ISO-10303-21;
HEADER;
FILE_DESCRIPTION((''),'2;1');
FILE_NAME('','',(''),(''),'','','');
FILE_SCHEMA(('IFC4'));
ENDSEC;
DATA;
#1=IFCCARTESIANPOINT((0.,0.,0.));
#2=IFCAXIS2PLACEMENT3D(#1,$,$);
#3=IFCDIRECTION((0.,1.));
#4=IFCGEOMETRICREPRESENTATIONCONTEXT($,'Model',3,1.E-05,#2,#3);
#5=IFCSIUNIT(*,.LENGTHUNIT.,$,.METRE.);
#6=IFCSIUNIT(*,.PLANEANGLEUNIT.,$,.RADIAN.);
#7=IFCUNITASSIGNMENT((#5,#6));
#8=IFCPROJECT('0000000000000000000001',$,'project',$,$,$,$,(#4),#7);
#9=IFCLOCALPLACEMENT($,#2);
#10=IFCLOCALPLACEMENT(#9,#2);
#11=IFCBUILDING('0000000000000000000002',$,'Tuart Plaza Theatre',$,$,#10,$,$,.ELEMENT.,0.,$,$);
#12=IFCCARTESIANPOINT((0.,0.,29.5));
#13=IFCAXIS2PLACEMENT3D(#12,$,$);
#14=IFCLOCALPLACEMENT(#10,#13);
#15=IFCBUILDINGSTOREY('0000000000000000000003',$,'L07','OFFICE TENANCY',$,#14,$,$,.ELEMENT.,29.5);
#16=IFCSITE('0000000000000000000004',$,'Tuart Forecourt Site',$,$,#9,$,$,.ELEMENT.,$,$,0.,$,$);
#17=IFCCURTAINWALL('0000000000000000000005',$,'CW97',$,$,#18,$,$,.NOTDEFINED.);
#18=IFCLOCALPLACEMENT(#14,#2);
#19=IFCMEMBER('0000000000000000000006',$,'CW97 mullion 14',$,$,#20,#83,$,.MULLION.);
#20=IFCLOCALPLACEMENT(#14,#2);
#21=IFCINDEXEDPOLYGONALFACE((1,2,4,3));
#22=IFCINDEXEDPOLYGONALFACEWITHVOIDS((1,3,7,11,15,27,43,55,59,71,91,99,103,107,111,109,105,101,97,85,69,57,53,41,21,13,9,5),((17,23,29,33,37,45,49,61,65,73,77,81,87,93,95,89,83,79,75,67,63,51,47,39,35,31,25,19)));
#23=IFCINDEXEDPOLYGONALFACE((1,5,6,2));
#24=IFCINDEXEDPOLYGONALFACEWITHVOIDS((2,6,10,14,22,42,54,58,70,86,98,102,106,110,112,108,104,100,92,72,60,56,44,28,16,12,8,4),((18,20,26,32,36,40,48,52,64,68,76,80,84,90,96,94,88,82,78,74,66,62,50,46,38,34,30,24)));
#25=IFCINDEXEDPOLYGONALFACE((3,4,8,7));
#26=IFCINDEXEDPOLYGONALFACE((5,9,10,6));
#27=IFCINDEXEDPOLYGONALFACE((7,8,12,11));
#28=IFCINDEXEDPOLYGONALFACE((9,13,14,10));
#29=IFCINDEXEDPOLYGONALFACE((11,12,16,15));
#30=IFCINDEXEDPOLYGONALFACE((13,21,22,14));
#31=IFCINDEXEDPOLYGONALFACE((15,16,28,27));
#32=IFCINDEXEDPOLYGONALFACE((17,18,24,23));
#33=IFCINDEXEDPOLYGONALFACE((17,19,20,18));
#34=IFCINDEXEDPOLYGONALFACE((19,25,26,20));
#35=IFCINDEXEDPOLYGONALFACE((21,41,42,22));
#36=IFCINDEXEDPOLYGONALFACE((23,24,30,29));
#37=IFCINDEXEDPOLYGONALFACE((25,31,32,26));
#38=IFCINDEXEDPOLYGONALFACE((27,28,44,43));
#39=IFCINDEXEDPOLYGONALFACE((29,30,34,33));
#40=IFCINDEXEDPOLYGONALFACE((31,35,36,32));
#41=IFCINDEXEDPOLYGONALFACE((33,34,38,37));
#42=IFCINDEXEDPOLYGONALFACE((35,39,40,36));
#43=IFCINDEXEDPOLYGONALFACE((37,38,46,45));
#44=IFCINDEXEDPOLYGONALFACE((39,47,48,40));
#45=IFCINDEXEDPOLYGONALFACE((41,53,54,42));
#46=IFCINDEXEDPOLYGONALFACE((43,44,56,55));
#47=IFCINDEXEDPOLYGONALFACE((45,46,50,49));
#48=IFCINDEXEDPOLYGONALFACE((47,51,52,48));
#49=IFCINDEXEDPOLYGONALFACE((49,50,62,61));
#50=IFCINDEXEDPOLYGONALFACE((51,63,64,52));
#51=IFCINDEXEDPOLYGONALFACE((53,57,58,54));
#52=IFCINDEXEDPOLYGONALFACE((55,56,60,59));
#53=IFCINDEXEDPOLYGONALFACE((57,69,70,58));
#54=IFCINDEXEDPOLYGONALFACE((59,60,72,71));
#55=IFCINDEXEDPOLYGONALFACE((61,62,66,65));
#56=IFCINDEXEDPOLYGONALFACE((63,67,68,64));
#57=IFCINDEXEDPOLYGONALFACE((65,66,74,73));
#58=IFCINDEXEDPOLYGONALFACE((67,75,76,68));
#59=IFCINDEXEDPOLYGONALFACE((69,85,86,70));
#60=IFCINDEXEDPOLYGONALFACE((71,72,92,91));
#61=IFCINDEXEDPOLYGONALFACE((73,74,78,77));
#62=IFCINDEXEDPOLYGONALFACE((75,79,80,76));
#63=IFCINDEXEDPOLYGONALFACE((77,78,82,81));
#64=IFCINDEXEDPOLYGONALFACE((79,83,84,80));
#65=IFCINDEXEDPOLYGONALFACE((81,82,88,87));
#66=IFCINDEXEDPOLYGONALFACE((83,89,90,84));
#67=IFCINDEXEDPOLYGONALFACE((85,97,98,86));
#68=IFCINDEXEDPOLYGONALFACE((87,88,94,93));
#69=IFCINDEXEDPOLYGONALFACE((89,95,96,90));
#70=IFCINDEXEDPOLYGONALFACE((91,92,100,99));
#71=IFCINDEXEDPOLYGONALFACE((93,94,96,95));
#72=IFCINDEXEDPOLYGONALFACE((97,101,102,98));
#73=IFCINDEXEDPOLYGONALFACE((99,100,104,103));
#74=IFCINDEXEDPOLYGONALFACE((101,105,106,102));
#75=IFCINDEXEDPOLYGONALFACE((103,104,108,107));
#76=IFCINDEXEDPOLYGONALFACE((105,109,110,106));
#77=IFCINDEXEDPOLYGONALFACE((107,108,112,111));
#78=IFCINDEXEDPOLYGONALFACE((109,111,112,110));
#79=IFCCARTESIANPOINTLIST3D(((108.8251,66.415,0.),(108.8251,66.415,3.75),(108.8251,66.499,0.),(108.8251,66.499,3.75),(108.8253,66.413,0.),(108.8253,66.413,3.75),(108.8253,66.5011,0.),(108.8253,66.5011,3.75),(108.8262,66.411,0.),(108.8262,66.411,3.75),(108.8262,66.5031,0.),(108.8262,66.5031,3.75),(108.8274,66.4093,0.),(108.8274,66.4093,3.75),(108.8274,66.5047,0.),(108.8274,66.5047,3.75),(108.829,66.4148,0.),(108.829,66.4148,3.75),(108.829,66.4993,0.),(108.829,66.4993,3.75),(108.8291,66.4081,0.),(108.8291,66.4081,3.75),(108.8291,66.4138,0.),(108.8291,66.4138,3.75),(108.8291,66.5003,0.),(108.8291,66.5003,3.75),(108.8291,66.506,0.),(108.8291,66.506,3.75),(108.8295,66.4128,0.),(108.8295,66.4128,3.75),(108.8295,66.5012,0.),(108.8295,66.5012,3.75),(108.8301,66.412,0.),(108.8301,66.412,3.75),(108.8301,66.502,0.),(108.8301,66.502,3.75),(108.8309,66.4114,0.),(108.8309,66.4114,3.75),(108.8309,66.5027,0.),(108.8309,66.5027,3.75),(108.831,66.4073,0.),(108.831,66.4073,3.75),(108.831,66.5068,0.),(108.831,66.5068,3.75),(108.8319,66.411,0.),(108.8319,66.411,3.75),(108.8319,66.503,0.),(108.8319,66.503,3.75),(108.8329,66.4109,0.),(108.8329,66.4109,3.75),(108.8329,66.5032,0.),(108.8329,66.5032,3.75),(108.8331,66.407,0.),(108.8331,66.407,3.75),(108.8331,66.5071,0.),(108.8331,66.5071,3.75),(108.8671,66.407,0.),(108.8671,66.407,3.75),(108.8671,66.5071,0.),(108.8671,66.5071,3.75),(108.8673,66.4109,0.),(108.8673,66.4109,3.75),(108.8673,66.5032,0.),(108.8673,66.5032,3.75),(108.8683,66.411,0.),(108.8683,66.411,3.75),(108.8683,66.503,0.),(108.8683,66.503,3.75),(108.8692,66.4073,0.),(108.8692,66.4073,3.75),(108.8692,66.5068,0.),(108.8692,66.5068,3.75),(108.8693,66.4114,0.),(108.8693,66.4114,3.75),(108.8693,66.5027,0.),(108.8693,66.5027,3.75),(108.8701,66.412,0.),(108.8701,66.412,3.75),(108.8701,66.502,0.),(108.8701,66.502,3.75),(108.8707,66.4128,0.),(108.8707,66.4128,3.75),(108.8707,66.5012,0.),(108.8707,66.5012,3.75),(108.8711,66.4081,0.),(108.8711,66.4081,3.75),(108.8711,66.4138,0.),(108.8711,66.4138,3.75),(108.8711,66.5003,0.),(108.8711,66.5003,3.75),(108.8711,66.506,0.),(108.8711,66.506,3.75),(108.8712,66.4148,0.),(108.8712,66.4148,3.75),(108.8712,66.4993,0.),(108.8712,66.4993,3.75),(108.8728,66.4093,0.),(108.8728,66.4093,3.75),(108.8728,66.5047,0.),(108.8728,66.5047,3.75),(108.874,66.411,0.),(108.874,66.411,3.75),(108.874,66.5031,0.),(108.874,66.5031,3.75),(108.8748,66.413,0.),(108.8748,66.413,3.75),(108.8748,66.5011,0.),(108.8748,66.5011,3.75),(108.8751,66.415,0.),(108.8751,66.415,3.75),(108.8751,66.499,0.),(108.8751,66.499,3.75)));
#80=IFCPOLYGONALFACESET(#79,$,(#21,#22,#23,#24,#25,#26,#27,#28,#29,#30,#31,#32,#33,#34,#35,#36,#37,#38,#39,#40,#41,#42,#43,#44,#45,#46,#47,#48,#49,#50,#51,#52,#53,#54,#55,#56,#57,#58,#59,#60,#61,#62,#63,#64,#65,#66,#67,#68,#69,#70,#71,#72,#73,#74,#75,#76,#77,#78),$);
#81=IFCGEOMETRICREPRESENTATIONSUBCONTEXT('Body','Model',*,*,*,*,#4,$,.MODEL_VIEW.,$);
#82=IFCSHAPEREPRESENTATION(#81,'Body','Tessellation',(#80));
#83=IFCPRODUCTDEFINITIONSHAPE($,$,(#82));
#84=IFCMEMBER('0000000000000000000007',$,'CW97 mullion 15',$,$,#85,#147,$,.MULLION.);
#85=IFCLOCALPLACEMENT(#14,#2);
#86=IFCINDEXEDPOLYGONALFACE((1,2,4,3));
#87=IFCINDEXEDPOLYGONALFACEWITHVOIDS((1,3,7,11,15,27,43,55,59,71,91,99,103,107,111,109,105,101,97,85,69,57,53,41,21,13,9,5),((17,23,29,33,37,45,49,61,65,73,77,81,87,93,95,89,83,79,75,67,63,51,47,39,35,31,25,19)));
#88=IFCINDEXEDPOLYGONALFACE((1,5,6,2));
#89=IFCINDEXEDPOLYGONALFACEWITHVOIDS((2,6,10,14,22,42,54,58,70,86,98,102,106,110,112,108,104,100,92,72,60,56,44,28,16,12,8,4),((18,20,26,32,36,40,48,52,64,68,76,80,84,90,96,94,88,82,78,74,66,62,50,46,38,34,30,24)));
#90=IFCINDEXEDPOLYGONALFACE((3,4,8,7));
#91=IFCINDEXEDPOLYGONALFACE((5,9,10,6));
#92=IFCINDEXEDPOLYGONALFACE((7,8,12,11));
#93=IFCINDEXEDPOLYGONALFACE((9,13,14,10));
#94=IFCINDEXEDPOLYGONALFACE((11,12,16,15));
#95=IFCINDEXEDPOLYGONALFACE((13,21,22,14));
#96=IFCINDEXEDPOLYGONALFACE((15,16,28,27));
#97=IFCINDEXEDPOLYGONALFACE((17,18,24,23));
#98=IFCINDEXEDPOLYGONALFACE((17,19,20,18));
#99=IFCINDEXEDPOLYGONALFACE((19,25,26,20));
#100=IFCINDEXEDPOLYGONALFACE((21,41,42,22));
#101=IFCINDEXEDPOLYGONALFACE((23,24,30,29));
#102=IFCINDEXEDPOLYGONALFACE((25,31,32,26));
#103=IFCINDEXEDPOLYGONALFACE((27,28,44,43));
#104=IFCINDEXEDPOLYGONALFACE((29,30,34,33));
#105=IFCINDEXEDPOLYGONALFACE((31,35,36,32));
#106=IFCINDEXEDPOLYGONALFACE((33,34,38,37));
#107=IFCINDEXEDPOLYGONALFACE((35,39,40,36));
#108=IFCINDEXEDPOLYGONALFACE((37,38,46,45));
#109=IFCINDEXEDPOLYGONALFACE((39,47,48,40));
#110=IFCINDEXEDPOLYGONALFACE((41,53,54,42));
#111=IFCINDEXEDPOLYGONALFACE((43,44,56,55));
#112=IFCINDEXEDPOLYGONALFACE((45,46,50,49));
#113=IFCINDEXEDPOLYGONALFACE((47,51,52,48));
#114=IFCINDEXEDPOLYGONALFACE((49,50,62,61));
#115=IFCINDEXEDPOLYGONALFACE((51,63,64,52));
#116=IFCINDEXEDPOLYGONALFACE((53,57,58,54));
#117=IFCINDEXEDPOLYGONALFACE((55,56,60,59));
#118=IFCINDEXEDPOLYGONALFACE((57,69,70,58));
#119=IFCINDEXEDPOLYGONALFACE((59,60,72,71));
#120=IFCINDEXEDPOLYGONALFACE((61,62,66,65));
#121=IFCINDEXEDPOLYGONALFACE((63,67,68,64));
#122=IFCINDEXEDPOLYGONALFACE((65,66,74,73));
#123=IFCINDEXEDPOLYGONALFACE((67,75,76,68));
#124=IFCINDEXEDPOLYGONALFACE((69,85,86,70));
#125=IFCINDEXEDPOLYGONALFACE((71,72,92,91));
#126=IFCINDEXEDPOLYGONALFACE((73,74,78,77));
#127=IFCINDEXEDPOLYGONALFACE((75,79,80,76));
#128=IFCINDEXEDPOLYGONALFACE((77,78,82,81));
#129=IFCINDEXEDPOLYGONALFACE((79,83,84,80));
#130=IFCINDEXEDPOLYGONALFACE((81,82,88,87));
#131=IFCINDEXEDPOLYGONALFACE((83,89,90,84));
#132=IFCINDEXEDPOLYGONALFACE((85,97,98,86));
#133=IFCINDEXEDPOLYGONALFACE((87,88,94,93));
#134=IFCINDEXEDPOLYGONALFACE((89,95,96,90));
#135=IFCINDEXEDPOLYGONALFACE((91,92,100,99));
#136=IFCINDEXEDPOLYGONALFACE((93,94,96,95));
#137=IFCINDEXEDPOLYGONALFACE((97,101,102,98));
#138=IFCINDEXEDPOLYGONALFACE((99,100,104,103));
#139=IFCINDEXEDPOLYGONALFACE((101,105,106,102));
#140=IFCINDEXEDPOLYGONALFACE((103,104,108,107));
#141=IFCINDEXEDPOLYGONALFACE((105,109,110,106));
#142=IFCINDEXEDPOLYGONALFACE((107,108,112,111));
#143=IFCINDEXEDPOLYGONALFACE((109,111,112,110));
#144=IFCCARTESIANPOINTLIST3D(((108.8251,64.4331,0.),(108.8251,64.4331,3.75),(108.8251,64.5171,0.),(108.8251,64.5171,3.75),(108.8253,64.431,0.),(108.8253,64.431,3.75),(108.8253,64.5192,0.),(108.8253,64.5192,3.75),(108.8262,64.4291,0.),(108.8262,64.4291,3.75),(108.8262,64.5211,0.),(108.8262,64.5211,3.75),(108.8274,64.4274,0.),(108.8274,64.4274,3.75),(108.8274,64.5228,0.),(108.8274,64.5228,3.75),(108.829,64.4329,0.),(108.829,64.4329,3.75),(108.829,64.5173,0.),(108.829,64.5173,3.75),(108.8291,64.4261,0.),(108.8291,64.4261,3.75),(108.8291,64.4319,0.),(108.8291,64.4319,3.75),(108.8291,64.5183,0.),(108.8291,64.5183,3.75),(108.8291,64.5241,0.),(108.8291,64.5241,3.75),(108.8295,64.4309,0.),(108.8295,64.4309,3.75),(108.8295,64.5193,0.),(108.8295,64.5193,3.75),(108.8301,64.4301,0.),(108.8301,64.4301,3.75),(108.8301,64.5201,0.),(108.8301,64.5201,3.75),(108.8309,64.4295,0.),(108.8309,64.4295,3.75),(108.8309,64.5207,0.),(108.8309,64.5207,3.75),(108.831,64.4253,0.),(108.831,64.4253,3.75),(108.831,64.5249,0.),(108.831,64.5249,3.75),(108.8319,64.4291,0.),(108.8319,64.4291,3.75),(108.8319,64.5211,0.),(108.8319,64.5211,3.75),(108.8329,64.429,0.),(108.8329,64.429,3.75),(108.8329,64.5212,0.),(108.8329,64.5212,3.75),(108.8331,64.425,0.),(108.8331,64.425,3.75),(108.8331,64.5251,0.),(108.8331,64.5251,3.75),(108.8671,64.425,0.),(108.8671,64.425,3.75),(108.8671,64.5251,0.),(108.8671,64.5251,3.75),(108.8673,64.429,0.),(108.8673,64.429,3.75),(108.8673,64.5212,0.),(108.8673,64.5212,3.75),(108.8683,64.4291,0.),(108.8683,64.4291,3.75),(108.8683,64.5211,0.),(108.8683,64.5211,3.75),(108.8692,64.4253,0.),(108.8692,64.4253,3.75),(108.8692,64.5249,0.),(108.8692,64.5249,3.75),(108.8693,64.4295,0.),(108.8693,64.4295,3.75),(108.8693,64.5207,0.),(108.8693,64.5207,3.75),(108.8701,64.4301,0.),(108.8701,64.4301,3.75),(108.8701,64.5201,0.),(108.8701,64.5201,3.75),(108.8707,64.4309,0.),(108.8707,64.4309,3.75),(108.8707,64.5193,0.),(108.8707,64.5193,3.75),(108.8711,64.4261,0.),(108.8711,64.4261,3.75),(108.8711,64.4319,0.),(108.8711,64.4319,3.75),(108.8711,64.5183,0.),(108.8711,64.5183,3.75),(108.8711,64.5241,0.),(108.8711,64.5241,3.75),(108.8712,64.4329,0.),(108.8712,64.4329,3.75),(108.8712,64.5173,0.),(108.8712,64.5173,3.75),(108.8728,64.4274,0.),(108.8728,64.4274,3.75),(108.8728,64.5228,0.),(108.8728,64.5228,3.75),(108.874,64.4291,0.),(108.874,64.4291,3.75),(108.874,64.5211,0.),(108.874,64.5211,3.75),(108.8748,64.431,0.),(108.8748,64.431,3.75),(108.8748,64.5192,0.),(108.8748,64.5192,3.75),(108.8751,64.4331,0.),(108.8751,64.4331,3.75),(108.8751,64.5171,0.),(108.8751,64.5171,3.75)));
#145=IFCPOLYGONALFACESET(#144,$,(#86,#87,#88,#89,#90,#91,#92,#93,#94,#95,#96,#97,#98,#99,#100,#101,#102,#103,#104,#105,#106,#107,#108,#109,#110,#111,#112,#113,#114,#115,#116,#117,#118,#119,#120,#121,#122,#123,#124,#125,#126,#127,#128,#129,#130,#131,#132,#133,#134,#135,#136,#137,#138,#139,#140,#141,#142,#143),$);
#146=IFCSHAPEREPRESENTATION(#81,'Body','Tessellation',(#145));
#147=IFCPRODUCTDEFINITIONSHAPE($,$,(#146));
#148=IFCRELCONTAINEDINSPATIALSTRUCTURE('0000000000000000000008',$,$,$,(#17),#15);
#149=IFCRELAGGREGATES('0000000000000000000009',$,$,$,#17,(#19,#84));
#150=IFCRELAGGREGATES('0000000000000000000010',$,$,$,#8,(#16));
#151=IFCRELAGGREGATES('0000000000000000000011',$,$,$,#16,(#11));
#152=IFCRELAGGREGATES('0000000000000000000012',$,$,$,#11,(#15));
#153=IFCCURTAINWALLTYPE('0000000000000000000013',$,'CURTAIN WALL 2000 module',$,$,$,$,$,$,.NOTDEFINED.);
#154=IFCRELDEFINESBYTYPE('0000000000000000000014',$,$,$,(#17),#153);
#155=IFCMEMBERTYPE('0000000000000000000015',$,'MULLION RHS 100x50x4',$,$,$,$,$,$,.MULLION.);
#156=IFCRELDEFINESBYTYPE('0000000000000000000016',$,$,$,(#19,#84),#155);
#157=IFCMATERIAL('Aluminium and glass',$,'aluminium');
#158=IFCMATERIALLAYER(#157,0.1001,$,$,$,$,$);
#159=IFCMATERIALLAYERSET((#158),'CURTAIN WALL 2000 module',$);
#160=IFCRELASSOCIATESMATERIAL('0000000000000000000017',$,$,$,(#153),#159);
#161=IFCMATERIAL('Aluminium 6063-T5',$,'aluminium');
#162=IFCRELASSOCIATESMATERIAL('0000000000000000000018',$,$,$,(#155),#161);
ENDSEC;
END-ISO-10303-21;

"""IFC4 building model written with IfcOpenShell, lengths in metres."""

from ifc_helpers import new_model, si_unit, direction, frame, origin, origin_2d, place, context, subcontext, project, spatial, hollow_rectangle, extrude, material, layer, layer_set, material_profile, profile_set, type_object, element, aggregate, save


model = new_model("IFC4")

# Units and contexts
model_context = context("Model", 3, precision=1e-05, world=origin(), true_north=direction((0.0, 1.0)))
body_context = subcontext(model_context, "Body", "Model", "MODEL_VIEW")
ifc_project = project(units=[si_unit("LENGTHUNIT", "METRE"), si_unit("PLANEANGLEUNIT", "RADIAN")], contexts=[model_context])

# Site, building, storey
site_placement = place(None, origin())
site = spatial("IfcSite", under=ifc_project, at=site_placement, Name="Tuart Forecourt Site", CompositionType="ELEMENT", RefElevation=0.0)
building_placement = place(site_placement, origin())
building = spatial("IfcBuilding", under=site, at=building_placement, Name="Tuart Plaza Theatre", CompositionType="ELEMENT", ElevationOfRefHeight=0.0)
storey_placement = place(building_placement, frame((0.0, 0.0, 29.5)))
storey = spatial("IfcBuildingStorey", under=building, at=storey_placement, Name="L07", Description="OFFICE TENANCY", CompositionType="ELEMENT", Elevation=29.5)

# Curtain wall, members
ifc_material_1 = material(Name="Aluminium and glass", Category="aluminium")
ifc_layer_1 = layer(ifc_material_1, 0.1001)
ifc_layer_set_1 = layer_set([ifc_layer_1], Name="CURTAIN WALL 2000 module")
curtain_wall_type = type_object("IfcCurtainWallType", Name="CURTAIN WALL 2000 module", PredefinedType="NOTDEFINED", material=ifc_layer_set_1)
curtain_wall_placement = place(storey_placement, origin())
curtain_wall = element("IfcCurtainWall", 1, at=curtain_wall_placement, inside=storey, type_object=curtain_wall_type, Name="CW97", PredefinedType="NOTDEFINED")
ifc_material_2 = material(Name="Aluminium 6063-T5", Category="aluminium")
ifc_material_profile_1 = material_profile(ifc_material_2, hollow_rectangle(XDim=0.05, YDim=0.1001, WallThickness=0.0039, InnerFilletRadius=0.0039, OuterFilletRadius=0.0081, at=origin_2d()), Name="RHS 100x50x4")
ifc_profile_set_1 = profile_set([ifc_material_profile_1], Name="Aluminium 6063-T5")
member_type_1 = type_object("IfcMemberType", Name="MULLION RHS 100x50x4", PredefinedType="MULLION", material=ifc_profile_set_1)
member_1_placement = place(storey_placement, frame((108.8501, 66.457, 0.0), z_axis=(0.0, 0.0, 1.0), x_axis=(1.0, 0.0, 0.0)))
member_1 = element("IfcMember", 2, at=member_1_placement, type_object=member_type_1, Name="CW97 mullion 14", PredefinedType="MULLION", context=body_context, shape_type="SweptSolid", body=[
    extrude(hollow_rectangle(XDim=0.05, YDim=0.1001, WallThickness=0.0039, InnerFilletRadius=0.0039, OuterFilletRadius=0.0081, at=origin_2d()), origin(), (0.0, 0.0, 1.0), 3.75),
])
member_2_placement = place(storey_placement, frame((108.8501, 64.4751, 0.0), z_axis=(0.0, 0.0, 1.0), x_axis=(1.0, 0.0, 0.0)))
member_2 = element("IfcMember", 3, at=member_2_placement, type_object=member_type_1, Name="CW97 mullion 15", PredefinedType="MULLION", context=body_context, shape_type="SweptSolid", body=[
    extrude(hollow_rectangle(XDim=0.05, YDim=0.1001, WallThickness=0.0039, InnerFilletRadius=0.0039, OuterFilletRadius=0.0081, at=origin_2d()), origin(), (0.0, 0.0, 1.0), 3.75),
])
aggregate(curtain_wall, [member_1, member_2])

save(model, "model.ifc")
